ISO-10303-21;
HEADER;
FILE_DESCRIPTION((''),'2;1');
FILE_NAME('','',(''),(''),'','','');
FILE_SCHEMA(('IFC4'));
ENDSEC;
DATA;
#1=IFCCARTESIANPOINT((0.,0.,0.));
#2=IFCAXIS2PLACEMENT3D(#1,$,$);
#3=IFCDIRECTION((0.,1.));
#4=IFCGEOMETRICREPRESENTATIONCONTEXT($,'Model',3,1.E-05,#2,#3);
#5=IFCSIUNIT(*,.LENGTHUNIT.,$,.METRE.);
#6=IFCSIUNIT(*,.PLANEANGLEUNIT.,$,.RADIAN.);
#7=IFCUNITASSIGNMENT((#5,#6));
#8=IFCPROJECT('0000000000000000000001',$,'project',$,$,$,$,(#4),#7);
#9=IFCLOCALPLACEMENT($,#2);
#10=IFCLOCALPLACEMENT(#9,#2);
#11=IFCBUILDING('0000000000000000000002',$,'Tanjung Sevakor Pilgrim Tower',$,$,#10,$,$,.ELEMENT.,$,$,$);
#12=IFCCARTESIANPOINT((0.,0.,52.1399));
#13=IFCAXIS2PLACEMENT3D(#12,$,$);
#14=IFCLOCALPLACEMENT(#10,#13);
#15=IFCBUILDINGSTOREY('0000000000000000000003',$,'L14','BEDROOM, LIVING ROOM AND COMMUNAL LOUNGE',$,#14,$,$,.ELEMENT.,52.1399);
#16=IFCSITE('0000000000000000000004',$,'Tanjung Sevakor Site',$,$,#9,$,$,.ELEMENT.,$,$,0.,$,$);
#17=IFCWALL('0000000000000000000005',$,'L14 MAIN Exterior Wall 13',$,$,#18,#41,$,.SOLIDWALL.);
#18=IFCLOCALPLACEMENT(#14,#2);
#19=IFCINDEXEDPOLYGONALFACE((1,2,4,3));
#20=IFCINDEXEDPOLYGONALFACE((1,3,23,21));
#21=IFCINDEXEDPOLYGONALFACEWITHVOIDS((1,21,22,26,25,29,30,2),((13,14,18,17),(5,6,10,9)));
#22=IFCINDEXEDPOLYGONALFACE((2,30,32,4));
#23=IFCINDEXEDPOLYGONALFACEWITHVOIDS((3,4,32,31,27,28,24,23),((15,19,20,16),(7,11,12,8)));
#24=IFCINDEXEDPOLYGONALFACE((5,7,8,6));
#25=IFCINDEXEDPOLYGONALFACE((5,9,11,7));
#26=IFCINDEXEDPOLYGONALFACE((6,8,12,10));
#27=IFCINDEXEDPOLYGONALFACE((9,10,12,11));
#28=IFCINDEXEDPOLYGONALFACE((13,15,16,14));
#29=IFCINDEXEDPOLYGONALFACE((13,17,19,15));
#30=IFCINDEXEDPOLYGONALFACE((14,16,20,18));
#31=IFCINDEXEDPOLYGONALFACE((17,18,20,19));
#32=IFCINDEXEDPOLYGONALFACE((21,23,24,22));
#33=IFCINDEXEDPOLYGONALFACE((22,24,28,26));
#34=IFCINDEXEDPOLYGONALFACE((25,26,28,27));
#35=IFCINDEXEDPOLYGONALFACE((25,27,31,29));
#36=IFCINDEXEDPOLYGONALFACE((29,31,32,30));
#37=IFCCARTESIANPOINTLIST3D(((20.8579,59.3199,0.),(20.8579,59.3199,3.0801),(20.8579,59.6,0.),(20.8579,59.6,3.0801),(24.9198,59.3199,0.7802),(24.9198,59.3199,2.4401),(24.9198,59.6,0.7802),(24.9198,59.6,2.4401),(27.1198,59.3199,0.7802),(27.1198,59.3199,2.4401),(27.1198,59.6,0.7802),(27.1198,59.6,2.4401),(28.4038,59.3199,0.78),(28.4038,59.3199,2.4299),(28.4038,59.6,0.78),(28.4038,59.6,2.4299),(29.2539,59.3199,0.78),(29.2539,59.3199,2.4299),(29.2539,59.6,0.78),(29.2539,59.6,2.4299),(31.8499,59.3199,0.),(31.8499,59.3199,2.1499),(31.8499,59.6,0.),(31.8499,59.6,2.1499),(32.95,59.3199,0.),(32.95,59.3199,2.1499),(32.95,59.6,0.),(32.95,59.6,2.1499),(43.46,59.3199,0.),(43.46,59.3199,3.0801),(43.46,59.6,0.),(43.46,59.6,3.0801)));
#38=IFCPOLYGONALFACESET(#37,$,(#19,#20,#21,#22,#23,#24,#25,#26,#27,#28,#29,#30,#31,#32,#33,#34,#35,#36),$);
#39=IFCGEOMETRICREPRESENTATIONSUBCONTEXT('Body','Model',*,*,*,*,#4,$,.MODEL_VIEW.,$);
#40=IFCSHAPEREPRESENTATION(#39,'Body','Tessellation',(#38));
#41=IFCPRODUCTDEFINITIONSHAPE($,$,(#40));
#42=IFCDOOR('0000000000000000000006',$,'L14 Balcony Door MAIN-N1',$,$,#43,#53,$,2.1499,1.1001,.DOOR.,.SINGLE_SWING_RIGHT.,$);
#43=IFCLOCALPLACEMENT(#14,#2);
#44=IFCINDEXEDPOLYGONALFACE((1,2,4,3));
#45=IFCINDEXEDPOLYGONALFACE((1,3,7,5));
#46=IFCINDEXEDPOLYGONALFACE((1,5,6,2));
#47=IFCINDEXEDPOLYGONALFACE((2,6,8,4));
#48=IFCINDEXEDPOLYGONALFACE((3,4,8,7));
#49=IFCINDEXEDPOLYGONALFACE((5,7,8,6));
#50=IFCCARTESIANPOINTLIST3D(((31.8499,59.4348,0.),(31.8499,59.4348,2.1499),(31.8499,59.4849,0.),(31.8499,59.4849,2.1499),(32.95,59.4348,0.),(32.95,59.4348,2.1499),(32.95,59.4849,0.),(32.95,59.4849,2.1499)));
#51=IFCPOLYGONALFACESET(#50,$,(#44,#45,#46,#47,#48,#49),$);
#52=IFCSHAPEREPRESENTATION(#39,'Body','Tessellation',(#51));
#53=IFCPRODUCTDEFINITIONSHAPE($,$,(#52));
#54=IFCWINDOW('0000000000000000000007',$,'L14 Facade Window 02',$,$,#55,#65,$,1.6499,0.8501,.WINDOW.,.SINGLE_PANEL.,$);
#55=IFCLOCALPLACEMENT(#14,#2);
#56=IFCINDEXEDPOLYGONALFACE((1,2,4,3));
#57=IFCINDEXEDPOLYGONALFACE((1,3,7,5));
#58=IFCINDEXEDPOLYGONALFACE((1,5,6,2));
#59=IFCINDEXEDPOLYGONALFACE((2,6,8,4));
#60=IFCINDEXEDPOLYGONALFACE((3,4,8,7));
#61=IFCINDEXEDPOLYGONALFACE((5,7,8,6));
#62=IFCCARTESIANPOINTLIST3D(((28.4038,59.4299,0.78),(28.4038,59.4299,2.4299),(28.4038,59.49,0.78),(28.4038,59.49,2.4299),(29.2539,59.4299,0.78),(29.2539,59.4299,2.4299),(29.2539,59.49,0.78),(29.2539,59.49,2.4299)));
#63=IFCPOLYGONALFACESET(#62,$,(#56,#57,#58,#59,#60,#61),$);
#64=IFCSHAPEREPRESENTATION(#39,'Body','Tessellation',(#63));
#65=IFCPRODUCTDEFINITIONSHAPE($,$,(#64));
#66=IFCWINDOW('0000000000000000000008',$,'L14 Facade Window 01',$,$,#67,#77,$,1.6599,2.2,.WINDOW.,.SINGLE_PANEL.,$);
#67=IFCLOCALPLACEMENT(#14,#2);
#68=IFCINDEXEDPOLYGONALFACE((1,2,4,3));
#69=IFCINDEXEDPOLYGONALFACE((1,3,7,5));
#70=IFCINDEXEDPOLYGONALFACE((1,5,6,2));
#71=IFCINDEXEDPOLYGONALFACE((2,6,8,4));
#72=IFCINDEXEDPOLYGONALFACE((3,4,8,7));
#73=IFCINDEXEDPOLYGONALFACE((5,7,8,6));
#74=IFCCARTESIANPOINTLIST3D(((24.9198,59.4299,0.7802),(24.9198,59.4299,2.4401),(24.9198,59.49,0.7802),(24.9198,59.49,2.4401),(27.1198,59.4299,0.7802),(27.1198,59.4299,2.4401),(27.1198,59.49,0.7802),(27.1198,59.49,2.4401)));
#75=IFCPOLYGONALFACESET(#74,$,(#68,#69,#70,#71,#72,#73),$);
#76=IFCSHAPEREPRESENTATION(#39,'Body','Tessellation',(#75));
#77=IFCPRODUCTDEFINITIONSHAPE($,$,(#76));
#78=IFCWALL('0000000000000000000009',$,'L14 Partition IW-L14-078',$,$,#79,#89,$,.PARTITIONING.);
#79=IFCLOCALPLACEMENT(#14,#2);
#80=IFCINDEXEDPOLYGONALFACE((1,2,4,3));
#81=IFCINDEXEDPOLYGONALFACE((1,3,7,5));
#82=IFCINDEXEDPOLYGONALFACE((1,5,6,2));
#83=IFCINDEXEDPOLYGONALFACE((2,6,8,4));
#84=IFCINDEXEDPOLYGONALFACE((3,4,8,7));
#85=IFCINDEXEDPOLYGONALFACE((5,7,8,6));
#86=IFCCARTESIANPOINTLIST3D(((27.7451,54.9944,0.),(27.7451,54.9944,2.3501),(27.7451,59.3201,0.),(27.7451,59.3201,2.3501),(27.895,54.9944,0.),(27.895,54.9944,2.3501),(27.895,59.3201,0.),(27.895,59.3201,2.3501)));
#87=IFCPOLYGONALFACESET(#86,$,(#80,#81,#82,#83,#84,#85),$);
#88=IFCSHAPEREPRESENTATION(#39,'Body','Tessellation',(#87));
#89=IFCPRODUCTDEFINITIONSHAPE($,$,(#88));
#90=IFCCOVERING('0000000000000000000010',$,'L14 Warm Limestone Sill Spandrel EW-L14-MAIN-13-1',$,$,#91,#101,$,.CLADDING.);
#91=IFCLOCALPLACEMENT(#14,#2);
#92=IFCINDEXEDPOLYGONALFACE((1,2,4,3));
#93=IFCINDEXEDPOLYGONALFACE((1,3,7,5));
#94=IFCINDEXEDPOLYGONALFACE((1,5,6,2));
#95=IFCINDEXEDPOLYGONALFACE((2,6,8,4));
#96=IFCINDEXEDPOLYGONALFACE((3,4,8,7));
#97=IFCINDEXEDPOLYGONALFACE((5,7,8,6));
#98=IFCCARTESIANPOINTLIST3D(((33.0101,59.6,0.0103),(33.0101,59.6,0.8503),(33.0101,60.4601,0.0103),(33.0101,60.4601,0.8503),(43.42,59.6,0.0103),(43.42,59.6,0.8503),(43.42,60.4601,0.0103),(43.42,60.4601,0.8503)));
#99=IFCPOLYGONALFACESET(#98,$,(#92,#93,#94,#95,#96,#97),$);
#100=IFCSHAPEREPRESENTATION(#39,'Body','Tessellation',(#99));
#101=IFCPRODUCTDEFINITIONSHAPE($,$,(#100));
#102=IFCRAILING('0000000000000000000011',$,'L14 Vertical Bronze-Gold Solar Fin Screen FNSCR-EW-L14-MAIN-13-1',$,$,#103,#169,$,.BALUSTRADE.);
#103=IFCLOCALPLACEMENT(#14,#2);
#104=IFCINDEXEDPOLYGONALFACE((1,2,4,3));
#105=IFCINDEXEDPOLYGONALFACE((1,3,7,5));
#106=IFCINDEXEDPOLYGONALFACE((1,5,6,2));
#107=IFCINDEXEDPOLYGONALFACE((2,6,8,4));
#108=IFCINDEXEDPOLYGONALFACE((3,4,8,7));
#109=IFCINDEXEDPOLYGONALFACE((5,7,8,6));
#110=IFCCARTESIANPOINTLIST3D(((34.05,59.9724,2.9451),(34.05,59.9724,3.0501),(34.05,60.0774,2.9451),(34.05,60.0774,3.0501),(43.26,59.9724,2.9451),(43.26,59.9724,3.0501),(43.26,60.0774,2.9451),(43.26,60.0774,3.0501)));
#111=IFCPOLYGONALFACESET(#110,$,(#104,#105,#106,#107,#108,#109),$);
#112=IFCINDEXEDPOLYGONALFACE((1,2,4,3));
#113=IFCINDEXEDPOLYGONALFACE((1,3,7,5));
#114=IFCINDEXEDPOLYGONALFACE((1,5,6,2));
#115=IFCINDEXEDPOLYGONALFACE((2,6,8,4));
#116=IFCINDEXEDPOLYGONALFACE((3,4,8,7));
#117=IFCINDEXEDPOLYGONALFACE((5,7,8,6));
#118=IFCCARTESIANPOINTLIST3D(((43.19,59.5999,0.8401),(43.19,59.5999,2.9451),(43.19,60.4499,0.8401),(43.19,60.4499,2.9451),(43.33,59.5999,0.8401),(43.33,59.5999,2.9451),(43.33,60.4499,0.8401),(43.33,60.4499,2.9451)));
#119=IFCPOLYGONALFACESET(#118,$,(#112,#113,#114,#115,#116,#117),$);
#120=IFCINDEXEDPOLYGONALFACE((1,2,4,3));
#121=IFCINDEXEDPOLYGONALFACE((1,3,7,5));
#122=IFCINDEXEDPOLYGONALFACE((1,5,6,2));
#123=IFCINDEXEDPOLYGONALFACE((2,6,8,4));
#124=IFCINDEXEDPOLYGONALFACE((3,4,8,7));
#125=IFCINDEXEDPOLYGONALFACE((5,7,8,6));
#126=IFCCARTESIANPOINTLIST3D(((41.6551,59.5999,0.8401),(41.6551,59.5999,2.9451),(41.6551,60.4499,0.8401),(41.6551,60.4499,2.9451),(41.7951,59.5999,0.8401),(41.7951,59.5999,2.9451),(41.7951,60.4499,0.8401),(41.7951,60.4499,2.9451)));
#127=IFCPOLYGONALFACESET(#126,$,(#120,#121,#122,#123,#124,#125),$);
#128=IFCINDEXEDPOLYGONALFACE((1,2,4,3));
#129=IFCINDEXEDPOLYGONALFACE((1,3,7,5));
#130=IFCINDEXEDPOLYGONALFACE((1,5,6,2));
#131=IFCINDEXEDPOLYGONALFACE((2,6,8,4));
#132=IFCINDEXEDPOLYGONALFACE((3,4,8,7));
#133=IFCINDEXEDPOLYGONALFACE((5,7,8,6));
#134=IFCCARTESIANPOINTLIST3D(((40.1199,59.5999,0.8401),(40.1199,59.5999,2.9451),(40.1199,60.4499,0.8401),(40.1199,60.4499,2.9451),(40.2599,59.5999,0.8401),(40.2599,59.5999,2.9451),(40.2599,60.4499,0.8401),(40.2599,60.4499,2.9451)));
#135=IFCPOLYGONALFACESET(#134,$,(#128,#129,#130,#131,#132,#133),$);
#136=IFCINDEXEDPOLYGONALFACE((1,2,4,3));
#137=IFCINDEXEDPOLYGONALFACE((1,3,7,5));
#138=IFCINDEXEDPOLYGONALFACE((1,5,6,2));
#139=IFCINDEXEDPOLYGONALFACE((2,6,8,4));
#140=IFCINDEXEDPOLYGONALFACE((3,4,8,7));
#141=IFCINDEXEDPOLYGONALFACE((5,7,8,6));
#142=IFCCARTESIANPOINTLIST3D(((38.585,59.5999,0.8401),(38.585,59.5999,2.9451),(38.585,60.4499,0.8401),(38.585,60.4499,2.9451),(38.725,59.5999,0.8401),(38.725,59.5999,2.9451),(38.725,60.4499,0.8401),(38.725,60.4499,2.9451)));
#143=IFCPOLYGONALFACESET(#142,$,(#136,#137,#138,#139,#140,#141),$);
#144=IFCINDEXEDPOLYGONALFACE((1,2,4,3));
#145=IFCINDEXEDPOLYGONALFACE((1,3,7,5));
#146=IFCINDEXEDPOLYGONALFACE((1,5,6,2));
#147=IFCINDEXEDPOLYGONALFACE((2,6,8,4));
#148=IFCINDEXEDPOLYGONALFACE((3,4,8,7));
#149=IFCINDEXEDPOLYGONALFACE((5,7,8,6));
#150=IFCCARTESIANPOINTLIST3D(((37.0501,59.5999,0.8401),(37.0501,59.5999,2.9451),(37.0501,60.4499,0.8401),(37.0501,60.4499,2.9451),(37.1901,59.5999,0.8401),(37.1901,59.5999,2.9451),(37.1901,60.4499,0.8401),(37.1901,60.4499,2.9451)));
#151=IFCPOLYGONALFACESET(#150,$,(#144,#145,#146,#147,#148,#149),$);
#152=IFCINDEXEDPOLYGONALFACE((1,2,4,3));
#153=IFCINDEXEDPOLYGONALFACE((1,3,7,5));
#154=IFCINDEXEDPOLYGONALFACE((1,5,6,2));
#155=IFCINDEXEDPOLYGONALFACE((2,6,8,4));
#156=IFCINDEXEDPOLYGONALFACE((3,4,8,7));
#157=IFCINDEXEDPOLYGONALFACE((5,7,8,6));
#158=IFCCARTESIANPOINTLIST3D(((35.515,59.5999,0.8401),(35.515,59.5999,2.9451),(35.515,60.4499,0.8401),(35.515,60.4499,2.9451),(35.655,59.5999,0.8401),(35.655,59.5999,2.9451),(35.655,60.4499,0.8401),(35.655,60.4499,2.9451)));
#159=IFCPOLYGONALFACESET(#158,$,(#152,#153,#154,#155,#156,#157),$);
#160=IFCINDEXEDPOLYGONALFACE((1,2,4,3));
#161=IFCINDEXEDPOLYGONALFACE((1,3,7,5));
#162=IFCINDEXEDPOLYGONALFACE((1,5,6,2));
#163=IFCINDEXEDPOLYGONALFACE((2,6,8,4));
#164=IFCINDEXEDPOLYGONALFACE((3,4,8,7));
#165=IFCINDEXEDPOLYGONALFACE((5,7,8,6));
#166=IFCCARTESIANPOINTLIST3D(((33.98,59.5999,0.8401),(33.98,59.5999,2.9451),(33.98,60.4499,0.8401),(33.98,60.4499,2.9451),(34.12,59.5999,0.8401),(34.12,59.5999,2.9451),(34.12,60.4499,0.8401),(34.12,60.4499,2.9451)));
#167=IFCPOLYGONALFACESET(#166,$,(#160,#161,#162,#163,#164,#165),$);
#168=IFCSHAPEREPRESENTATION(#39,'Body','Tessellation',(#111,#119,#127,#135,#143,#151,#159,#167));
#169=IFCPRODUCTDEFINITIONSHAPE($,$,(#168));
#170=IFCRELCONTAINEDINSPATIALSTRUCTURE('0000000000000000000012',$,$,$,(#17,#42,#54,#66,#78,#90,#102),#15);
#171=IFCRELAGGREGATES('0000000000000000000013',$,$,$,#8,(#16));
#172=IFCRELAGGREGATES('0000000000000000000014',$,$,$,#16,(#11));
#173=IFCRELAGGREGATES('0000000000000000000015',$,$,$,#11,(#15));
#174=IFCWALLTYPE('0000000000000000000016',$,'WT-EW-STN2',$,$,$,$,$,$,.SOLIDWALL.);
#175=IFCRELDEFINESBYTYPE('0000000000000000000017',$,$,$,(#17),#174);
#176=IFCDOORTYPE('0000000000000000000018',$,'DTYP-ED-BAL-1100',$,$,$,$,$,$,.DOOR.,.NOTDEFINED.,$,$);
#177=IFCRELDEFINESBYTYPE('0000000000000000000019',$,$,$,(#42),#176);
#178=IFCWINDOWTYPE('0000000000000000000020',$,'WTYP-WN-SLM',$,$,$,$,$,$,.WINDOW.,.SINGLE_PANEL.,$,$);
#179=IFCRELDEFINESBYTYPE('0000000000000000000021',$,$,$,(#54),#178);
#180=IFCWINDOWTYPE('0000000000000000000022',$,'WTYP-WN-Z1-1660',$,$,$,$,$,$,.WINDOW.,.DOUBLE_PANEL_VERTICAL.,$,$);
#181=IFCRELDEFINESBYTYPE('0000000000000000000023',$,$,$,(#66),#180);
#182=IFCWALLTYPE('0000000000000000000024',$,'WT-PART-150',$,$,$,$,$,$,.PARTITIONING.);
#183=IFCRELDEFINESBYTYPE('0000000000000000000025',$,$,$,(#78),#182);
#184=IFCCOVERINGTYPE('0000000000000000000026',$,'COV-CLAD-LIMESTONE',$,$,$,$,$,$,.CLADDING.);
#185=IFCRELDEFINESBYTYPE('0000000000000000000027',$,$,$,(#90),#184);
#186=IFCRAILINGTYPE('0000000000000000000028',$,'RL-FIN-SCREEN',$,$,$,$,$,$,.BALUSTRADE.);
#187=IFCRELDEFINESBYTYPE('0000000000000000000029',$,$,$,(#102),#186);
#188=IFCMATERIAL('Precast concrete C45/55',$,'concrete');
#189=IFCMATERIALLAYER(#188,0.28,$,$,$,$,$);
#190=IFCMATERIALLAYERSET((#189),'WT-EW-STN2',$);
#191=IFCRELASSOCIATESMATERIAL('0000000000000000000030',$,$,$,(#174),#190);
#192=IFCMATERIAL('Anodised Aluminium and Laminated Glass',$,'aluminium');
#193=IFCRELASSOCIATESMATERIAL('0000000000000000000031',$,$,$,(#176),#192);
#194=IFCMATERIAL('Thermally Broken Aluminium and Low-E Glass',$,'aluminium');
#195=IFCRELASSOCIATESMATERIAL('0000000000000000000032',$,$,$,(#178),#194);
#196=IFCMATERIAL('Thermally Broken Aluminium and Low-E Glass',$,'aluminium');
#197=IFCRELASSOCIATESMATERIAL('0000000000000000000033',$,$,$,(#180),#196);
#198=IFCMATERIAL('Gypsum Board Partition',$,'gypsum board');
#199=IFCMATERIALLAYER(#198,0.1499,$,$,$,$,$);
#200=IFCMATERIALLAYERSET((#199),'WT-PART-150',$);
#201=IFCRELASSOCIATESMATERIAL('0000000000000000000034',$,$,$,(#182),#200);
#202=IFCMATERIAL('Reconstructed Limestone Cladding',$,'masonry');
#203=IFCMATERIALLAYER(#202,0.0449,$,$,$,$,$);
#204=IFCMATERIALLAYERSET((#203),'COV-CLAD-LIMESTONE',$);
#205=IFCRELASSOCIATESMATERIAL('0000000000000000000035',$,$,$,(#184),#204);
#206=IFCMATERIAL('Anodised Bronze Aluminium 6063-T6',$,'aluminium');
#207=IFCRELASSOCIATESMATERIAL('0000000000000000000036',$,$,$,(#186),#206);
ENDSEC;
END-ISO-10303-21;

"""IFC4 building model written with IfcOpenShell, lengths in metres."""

from ifc_helpers import new_model, si_unit, direction, frame, frame_2d, origin, origin_2d, place, context, subcontext, project, spatial, rectangle, extrude, material, layer, layer_set, type_object, element, fill, save


model = new_model("IFC4")

# Units and contexts
model_context = context("Model", 3, precision=1e-05, world=origin(), true_north=direction((0.0, 1.0)))
body_context = subcontext(model_context, "Body", "Model", "MODEL_VIEW")
ifc_project = project(units=[si_unit("LENGTHUNIT", "METRE"), si_unit("PLANEANGLEUNIT", "RADIAN")], contexts=[model_context])

# Site, building, storey
site_placement = place(None, origin())
site = spatial("IfcSite", under=ifc_project, at=site_placement, Name="Tanjung Sevakor Site", CompositionType="ELEMENT", RefElevation=0.0)
building_placement = place(site_placement, origin())
building = spatial("IfcBuilding", under=site, at=building_placement, Name="Tanjung Sevakor Pilgrim Tower", CompositionType="ELEMENT")
storey_placement = place(building_placement, frame((0.0, 0.0, 52.1399)))
storey = spatial("IfcBuildingStorey", under=building, at=storey_placement, Name="L14", Description="BEDROOM, LIVING ROOM AND COMMUNAL LOUNGE", CompositionType="ELEMENT", Elevation=52.1399)

# Shared definitions
ifc_material_1 = material(Name="Precast concrete C45/55", Category="concrete")
ifc_layer_1 = layer(ifc_material_1, 0.28)
ifc_layer_set_1 = layer_set([ifc_layer_1], Name="WT-EW-STN2")
wall_type_1 = type_object("IfcWallType", Name="WT-EW-STN2", PredefinedType="SOLIDWALL", material=ifc_layer_set_1)

# Wall, openings, door, windows
wall_1_placement = place(storey_placement, frame((43.46, 59.46, 0.0), z_axis=(0.0, 0.0, 1.0), x_axis=(-1.0, 0.0, 0.0)))
wall_1 = element("IfcWall", 1, at=wall_1_placement, inside=storey, type_object=wall_type_1, Name="L14 MAIN Exterior Wall 13", PredefinedType="SOLIDWALL", context=body_context, shape_type="SweptSolid", body=[
    extrude(rectangle(XDim=22.6021, YDim=0.28, at=frame_2d((11.301, 0.0))), origin(), (0.0, 0.0, 1.0), 3.0801),
])
opening_1_placement = place(wall_1_placement, frame((10.51, 0.0, 0.0)))
opening_1 = element("IfcOpeningElement", 2, at=opening_1_placement, cuts=wall_1, PredefinedType="OPENING", context=body_context, shape_type="SweptSolid", body=[
    extrude(rectangle(XDim=1.1001, YDim=2.1499, at=frame_2d((0.55, 1.075))), frame((0.0, 0.1499, 0.0), z_axis=(0.0, -1.0, 0.0), x_axis=(1.0, 0.0, 0.0)), (0.0, 0.0, 1.0), 0.3),
])
opening_2_placement = place(wall_1_placement, frame((16.3401, 0.0, 0.78)))
opening_2 = element("IfcOpeningElement", 3, at=opening_2_placement, cuts=wall_1, PredefinedType="OPENING", context=body_context, shape_type="SweptSolid", body=[
    extrude(rectangle(XDim=2.2, YDim=1.6599, at=frame_2d((1.1001, 0.8301))), frame((0.0, 0.1499, 0.0), z_axis=(0.0, -1.0, 0.0), x_axis=(1.0, 0.0, 0.0)), (0.0, 0.0, 1.0), 0.3),
])
opening_3_placement = place(wall_1_placement, frame((14.2061, 0.0, 0.78)))
opening_3 = element("IfcOpeningElement", 4, at=opening_3_placement, cuts=wall_1, PredefinedType="OPENING", context=body_context, shape_type="SweptSolid", body=[
    extrude(rectangle(XDim=0.8501, YDim=1.6499, at=frame_2d((0.425, 0.825))), frame((0.0, 0.1499, 0.0), z_axis=(0.0, -1.0, 0.0), x_axis=(1.0, 0.0, 0.0)), (0.0, 0.0, 1.0), 0.3),
])
ifc_material_2 = material(Name="Anodised Aluminium and Laminated Glass", Category="aluminium")
door_type_1 = type_object("IfcDoorType", Name="DTYP-ED-BAL-1100", OperationType="NOTDEFINED", PredefinedType="DOOR", material=ifc_material_2)
door_1_placement = place(opening_1_placement, frame((1.1001, 0.0, 0.0), z_axis=(0.0, 0.0, 1.0), x_axis=(-1.0, 0.0, 0.0)))
door_1 = element("IfcDoor", 5, at=door_1_placement, inside=storey, type_object=door_type_1, Name="L14 Balcony Door MAIN-N1", OperationType="SINGLE_SWING_RIGHT", OverallHeight=2.1499, OverallWidth=1.1001, PredefinedType="DOOR", context=body_context, shape_type="SweptSolid", body=[
    extrude(rectangle(XDim=1.1001, YDim=2.1499, at=frame_2d((0.55, 1.075))), frame((0.0, 0.0249, 0.0), z_axis=(0.0, -1.0, 0.0), x_axis=(1.0, 0.0, 0.0)), (0.0, 0.0, 1.0), 0.05),
])
fill(opening_1, door_1)
ifc_material_3 = material(Name="Thermally Broken Aluminium and Low-E Glass", Category="aluminium")
window_type_1 = type_object("IfcWindowType", Name="WTYP-WN-SLM", PartitioningType="SINGLE_PANEL", PredefinedType="WINDOW", material=ifc_material_3)
window_1_placement = place(opening_3_placement, origin())
window_1 = element("IfcWindow", 6, at=window_1_placement, inside=storey, type_object=window_type_1, Name="L14 Facade Window 02", OverallHeight=1.6499, OverallWidth=0.8501, PartitioningType="SINGLE_PANEL", PredefinedType="WINDOW", context=body_context, shape_type="SweptSolid", body=[
    extrude(rectangle(XDim=0.8501, YDim=1.6499, at=frame_2d((0.425, 0.825))), frame((0.0, 0.03, 0.0), z_axis=(0.0, -1.0, 0.0), x_axis=(1.0, 0.0, 0.0)), (0.0, 0.0, 1.0), 0.0601),
])
fill(opening_3, window_1)
ifc_material_4 = material(Name="Thermally Broken Aluminium and Low-E Glass", Category="aluminium")
window_type_2 = type_object("IfcWindowType", Name="WTYP-WN-Z1-1660", PartitioningType="DOUBLE_PANEL_VERTICAL", PredefinedType="WINDOW", material=ifc_material_4)
window_2_placement = place(opening_2_placement, origin())
window_2 = element("IfcWindow", 7, at=window_2_placement, inside=storey, type_object=window_type_2, Name="L14 Facade Window 01", OverallHeight=1.6599, OverallWidth=2.2, PartitioningType="SINGLE_PANEL", PredefinedType="WINDOW", context=body_context, shape_type="SweptSolid", body=[
    extrude(rectangle(XDim=2.2, YDim=1.6599, at=frame_2d((1.1001, 0.8301))), frame((0.0, 0.03, 0.0), z_axis=(0.0, -1.0, 0.0), x_axis=(1.0, 0.0, 0.0)), (0.0, 0.0, 1.0), 0.0601),
])
fill(opening_2, window_2)

# Wall
ifc_material_5 = material(Name="Gypsum Board Partition", Category="gypsum board")
ifc_layer_2 = layer(ifc_material_5, 0.1499)
ifc_layer_set_2 = layer_set([ifc_layer_2], Name="WT-PART-150")
wall_type_2 = type_object("IfcWallType", Name="WT-PART-150", PredefinedType="PARTITIONING", material=ifc_layer_set_2)
wall_2_placement = place(storey_placement, frame((27.8201, 54.9944, 0.0), z_axis=(0.0, 0.0, 1.0), x_axis=(0.0, 1.0, 0.0)))
element("IfcWall", 8, at=wall_2_placement, inside=storey, type_object=wall_type_2, Name="L14 Partition IW-L14-078", PredefinedType="PARTITIONING", context=body_context, shape_type="SweptSolid", body=[
    extrude(rectangle(XDim=4.3257, YDim=0.1499, at=frame_2d((2.1628, 0.0))), origin(), (0.0, 0.0, 1.0), 2.3501),
])

# Covering
ifc_material_6 = material(Name="Reconstructed Limestone Cladding", Category="masonry")
ifc_layer_3 = layer(ifc_material_6, 0.0449)
ifc_layer_set_3 = layer_set([ifc_layer_3], Name="COV-CLAD-LIMESTONE")
covering_type = type_object("IfcCoveringType", Name="COV-CLAD-LIMESTONE", PredefinedType="CLADDING", material=ifc_layer_set_3)
covering_placement = place(storey_placement, frame((38.2151, 60.03, 0.0103), z_axis=(0.0, 0.0, 1.0), x_axis=(-1.0, 0.0, 0.0)))
element("IfcCovering", 9, at=covering_placement, inside=storey, type_object=covering_type, Name="L14 Warm Limestone Sill Spandrel EW-L14-MAIN-13-1", PredefinedType="CLADDING", context=body_context, shape_type="SweptSolid", body=[
    extrude(rectangle(XDim=10.4099, YDim=0.8601, at=origin_2d()), origin(), (0.0, 0.0, 1.0), 0.8401),
])

# Railing
ifc_material_7 = material(Name="Anodised Bronze Aluminium 6063-T6", Category="aluminium")
railing_type = type_object("IfcRailingType", Name="RL-FIN-SCREEN", PredefinedType="BALUSTRADE", material=ifc_material_7)
railing_1_placement = place(storey_placement, frame((43.26, 60.0249, 0.8401)))
element("IfcRailing", 10, at=railing_1_placement, inside=storey, type_object=railing_type, Name="L14 Vertical Bronze-Gold Solar Fin Screen FNSCR-EW-L14-MAIN-13-1", PredefinedType="BALUSTRADE", context=body_context, shape_type="SweptSolid", body=[
    extrude(rectangle(XDim=0.105, YDim=0.105), frame((0.0, 0.0, 2.1575), z_axis=(-1.0, 0.0, 0.0), x_axis=(0.0, -1.0, 0.0)), (0.0, 0.0, 1.0), 9.21),
    extrude(rectangle(XDim=0.14, YDim=0.85), origin(), (0.0, 0.0, 1.0), 2.105),
    extrude(rectangle(XDim=0.14, YDim=0.85), frame((-1.5349, 0.0, 0.0)), (0.0, 0.0, 1.0), 2.105),
    extrude(rectangle(XDim=0.14, YDim=0.85), frame((-3.0701, 0.0, 0.0)), (0.0, 0.0, 1.0), 2.105),
    extrude(rectangle(XDim=0.14, YDim=0.85), frame((-4.605, 0.0, 0.0)), (0.0, 0.0, 1.0), 2.105),
    extrude(rectangle(XDim=0.14, YDim=0.85), frame((-6.1399, 0.0, 0.0)), (0.0, 0.0, 1.0), 2.105),
    extrude(rectangle(XDim=0.14, YDim=0.85), frame((-7.675, 0.0, 0.0)), (0.0, 0.0, 1.0), 2.105),
    extrude(rectangle(XDim=0.14, YDim=0.85), frame((-9.21, 0.0, 0.0)), (0.0, 0.0, 1.0), 2.105),
])

save(model, "model.ifc")
